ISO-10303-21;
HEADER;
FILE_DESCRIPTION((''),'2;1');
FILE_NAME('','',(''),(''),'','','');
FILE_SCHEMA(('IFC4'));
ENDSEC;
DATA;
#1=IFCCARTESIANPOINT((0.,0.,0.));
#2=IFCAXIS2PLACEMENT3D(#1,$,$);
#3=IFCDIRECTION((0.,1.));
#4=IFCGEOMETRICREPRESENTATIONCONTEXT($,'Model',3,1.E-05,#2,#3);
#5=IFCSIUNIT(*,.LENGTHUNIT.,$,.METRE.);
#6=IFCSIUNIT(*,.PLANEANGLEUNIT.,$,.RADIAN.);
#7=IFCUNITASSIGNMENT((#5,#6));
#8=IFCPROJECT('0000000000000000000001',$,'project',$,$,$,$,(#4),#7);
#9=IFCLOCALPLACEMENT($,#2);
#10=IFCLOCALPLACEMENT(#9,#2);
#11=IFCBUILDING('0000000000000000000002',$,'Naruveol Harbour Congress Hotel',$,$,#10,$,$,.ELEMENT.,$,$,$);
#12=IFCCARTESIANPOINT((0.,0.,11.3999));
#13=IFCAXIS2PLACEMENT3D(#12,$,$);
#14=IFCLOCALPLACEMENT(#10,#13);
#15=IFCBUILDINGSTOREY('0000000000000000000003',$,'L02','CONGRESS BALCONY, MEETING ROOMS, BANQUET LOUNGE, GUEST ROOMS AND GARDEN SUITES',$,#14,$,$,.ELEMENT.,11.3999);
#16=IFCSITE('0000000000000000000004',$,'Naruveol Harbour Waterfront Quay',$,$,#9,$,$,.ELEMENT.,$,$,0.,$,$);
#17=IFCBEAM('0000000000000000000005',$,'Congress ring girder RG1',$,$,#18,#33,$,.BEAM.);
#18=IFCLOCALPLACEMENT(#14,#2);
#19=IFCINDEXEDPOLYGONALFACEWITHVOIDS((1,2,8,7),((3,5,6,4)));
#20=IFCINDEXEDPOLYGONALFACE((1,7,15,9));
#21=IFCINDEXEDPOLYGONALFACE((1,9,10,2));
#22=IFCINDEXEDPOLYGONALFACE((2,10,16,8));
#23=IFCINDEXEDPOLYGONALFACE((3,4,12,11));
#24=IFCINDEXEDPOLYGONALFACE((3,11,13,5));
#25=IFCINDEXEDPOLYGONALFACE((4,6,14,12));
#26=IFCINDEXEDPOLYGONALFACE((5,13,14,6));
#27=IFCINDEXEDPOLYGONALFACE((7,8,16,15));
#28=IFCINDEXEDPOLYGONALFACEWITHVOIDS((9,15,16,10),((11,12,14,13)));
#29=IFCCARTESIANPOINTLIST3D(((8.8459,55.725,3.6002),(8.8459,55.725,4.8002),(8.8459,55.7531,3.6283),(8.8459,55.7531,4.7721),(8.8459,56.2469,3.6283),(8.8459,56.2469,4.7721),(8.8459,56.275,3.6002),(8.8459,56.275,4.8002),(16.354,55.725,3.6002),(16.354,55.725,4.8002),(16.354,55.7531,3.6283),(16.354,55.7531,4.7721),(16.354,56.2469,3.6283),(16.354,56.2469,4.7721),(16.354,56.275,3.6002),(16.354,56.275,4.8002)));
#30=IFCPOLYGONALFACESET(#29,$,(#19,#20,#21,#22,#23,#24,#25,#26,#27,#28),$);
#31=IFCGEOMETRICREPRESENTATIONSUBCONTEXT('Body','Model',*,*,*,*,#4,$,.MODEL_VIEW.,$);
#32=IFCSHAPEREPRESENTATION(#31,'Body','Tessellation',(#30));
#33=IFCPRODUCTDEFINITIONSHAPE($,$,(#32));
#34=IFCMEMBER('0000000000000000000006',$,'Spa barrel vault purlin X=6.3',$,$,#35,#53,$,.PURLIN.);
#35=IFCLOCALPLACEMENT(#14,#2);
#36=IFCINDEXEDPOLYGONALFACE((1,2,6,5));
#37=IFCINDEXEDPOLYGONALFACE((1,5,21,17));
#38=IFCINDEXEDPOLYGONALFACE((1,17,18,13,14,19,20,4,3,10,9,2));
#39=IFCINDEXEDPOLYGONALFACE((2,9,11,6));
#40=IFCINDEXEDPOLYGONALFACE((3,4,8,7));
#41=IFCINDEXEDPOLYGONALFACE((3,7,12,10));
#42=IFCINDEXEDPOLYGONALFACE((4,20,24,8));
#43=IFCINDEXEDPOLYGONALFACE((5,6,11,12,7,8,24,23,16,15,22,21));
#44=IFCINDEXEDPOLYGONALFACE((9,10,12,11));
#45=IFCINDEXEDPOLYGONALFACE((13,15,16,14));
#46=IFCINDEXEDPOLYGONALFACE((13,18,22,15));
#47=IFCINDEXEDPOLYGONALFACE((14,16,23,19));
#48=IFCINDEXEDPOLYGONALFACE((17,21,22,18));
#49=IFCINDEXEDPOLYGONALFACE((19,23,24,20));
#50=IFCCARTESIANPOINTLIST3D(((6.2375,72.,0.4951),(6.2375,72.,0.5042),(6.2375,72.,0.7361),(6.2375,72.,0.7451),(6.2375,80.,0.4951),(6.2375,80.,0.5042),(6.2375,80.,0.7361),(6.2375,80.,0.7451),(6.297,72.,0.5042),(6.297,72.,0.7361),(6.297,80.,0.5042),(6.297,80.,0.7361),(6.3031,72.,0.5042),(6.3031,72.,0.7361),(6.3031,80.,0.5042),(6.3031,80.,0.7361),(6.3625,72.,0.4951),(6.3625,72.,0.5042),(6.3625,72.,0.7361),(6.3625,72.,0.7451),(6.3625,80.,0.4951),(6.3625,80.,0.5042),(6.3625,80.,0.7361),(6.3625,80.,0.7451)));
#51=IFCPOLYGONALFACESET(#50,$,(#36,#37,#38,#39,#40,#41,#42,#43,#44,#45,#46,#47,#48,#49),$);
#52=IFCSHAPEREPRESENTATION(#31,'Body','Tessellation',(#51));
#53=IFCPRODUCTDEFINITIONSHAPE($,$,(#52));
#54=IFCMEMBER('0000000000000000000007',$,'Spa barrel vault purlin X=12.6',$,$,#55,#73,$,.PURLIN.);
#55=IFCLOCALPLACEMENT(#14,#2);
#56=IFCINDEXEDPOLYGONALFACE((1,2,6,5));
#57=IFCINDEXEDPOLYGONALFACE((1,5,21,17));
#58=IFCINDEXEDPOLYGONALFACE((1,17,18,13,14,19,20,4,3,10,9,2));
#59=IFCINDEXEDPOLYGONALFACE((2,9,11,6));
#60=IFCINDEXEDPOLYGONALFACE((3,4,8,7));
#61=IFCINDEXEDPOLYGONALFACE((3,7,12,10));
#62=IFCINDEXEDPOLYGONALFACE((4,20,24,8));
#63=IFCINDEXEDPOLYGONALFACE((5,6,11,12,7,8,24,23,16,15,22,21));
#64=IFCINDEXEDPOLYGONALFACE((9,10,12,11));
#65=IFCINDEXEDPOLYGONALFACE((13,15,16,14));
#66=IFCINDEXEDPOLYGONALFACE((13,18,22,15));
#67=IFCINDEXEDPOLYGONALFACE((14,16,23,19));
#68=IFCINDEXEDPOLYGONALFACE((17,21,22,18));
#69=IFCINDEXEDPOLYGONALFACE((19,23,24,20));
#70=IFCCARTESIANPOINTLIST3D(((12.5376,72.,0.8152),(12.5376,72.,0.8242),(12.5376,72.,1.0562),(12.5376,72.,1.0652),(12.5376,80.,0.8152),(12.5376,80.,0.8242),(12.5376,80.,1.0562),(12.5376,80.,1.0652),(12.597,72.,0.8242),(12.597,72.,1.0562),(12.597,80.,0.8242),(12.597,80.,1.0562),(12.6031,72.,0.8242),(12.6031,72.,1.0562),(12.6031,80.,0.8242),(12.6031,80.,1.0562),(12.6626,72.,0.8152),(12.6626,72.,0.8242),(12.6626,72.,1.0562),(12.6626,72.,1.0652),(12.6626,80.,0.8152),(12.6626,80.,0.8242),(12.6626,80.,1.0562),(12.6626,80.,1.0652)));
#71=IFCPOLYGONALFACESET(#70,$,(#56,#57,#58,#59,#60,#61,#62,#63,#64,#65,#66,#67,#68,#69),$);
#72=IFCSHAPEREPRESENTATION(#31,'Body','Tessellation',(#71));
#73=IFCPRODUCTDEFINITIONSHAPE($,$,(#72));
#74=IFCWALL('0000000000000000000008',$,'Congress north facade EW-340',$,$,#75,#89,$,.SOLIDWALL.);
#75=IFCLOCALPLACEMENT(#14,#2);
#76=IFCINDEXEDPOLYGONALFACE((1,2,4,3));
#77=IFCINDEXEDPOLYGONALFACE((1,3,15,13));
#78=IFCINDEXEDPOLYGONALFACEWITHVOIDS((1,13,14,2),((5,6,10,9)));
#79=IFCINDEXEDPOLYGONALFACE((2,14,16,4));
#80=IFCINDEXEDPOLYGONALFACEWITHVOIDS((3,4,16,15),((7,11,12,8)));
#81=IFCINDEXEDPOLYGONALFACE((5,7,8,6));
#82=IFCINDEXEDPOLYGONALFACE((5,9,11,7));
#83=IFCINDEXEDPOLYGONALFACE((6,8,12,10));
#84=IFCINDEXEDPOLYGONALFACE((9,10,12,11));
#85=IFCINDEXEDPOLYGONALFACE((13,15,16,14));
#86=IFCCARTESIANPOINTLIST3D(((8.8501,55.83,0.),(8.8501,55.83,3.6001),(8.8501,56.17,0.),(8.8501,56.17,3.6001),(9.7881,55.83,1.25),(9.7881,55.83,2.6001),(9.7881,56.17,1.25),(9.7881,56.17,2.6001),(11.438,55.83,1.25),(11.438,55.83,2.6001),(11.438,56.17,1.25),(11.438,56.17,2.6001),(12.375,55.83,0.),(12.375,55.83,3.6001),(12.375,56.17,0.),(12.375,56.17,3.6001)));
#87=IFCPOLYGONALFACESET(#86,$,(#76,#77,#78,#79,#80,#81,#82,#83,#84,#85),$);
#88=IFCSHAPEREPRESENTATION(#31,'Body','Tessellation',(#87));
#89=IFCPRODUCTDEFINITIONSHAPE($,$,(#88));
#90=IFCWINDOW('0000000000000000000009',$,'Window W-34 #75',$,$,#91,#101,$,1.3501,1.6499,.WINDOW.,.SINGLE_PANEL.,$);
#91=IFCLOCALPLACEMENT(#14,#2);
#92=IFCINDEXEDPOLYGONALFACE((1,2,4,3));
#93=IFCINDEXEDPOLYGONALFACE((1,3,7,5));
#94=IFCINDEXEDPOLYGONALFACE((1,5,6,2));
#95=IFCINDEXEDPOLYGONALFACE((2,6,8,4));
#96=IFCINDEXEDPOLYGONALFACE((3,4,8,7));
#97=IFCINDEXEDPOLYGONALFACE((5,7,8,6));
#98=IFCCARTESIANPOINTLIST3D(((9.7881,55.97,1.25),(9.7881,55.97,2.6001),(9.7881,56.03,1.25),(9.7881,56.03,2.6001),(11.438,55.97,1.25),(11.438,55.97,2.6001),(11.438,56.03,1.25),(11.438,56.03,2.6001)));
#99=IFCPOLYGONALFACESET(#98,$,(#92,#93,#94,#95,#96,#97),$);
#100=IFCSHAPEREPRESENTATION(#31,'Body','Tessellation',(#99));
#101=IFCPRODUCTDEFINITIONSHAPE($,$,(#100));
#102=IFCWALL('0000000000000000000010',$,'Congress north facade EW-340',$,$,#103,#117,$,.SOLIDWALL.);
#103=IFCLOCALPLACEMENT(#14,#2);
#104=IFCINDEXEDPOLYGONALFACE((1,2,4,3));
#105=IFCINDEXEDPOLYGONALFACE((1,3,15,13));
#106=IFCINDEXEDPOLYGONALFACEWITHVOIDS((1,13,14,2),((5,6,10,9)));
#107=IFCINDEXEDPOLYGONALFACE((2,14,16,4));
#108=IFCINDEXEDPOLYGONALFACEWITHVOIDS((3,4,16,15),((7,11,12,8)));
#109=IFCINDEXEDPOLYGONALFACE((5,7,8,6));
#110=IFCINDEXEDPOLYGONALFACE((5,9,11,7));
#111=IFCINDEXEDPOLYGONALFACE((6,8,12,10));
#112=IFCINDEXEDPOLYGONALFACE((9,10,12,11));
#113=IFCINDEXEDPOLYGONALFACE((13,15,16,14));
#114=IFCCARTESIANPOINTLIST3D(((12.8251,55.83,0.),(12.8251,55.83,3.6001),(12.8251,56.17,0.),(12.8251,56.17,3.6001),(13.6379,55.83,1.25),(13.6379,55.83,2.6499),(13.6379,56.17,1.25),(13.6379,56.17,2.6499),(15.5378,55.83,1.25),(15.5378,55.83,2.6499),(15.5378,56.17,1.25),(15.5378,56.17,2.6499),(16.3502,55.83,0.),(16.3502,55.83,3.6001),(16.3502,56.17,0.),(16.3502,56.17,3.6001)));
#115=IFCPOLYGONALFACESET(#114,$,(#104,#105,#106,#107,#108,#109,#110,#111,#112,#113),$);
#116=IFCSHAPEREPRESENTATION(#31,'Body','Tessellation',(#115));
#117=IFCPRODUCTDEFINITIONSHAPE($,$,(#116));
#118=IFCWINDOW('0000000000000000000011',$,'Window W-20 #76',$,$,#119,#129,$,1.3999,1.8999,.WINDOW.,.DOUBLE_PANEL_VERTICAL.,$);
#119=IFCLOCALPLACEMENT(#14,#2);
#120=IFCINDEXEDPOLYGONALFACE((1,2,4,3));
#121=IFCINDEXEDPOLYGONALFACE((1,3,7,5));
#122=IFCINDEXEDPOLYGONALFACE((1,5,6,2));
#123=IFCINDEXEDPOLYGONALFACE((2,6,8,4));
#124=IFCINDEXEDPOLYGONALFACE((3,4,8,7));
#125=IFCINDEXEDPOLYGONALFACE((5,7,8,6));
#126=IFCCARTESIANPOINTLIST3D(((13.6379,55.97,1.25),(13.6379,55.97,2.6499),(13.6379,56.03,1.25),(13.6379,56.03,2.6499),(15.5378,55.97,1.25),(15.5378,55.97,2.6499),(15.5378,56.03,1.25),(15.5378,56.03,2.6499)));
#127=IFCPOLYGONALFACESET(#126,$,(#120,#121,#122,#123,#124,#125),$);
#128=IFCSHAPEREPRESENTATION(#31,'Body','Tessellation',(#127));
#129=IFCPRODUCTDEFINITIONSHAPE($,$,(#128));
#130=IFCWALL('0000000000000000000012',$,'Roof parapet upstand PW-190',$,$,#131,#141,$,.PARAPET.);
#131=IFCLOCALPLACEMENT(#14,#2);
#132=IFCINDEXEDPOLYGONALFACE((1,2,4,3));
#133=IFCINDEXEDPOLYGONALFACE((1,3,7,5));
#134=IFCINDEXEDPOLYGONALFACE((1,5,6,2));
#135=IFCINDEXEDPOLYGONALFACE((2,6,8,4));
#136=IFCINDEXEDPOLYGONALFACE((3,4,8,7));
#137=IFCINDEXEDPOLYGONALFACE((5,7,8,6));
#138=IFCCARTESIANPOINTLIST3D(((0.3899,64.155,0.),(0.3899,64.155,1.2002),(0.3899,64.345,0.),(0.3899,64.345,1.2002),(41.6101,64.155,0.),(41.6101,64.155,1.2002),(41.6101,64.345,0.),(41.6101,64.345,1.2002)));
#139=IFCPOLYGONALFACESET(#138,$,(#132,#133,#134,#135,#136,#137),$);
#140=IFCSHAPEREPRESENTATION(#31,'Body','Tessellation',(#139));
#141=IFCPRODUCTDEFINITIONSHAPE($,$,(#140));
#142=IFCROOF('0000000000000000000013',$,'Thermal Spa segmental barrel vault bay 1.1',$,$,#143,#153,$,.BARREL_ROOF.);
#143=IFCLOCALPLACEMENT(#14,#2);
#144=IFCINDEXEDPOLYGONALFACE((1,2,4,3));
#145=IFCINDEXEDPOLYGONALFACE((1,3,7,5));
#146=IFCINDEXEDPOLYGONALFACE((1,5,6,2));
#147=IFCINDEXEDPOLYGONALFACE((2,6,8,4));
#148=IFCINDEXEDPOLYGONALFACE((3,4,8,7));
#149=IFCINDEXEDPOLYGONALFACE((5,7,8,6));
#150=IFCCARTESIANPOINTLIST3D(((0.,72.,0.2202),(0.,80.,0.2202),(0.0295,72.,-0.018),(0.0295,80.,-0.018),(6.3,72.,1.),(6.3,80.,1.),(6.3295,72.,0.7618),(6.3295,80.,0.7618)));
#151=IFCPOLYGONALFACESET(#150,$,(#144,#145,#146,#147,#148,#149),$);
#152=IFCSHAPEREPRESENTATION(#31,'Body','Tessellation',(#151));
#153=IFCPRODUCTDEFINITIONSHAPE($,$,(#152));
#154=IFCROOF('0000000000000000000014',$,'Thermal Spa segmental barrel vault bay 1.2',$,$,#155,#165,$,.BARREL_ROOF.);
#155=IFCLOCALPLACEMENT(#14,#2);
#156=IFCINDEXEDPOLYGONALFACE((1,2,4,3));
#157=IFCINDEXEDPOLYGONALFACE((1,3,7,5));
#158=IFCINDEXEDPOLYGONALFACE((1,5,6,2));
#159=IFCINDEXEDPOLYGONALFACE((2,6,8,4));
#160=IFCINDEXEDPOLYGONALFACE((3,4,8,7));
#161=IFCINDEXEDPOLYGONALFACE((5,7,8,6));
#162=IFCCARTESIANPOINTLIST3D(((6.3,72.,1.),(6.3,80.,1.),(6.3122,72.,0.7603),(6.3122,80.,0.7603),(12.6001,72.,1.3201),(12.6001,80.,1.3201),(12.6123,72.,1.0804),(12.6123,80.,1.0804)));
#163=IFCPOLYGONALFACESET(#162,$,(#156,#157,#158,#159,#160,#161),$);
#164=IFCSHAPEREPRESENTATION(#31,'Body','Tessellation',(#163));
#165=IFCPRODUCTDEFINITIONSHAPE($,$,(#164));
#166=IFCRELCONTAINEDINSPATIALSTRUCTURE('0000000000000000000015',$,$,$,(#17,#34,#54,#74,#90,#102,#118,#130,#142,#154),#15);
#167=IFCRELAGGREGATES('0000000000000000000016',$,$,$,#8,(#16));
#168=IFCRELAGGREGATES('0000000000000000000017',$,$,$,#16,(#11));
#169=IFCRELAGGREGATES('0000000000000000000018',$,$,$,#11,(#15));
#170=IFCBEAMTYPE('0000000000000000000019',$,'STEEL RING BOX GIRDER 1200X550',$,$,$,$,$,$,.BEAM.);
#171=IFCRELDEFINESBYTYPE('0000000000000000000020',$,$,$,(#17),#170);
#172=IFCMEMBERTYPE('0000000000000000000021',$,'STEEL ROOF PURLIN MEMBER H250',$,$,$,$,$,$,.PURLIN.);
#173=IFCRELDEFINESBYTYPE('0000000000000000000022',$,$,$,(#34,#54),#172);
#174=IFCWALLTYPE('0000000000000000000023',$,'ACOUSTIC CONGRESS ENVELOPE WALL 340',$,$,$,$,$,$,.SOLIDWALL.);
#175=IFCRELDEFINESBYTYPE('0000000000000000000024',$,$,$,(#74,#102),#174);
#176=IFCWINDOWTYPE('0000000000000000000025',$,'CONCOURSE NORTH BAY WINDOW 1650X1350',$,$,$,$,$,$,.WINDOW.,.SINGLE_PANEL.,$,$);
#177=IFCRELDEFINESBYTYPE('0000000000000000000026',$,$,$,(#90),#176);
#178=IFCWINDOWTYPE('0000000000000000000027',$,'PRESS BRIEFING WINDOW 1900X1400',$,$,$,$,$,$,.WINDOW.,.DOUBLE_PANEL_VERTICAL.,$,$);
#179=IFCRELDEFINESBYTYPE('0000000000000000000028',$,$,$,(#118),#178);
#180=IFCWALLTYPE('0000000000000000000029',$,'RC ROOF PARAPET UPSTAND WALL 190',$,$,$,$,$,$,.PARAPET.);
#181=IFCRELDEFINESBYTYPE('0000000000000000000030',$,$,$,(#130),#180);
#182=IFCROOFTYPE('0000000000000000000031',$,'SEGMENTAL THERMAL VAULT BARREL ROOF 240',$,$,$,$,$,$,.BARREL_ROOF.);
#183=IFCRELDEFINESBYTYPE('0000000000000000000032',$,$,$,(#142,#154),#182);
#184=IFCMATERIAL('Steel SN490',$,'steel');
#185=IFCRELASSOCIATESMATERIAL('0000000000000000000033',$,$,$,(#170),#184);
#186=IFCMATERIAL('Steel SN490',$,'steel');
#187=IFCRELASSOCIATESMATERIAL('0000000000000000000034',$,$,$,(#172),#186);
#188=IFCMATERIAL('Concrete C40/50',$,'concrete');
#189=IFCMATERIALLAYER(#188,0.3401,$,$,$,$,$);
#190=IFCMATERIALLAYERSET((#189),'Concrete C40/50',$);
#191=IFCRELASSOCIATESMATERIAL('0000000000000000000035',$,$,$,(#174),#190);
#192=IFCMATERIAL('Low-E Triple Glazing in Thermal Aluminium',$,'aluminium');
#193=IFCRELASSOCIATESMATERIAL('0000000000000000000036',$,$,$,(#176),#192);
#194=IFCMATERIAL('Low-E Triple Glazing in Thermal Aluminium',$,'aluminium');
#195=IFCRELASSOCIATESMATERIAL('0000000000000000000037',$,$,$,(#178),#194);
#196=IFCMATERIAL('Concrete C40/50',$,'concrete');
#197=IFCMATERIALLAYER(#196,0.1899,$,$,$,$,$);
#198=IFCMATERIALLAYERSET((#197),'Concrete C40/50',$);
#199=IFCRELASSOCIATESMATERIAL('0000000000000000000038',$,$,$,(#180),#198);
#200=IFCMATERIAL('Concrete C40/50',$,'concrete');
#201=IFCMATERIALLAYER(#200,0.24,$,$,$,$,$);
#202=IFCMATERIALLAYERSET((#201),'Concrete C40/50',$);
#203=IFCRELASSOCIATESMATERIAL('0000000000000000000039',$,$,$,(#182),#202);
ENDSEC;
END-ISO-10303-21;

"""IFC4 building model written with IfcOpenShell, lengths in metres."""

from ifc_helpers import new_model, si_unit, direction, frame, frame_2d, origin, origin_2d, place, context, subcontext, project, spatial, polyline, rectangle, hollow_rectangle, i_section, outline, extrude, material, layer, layer_set, material_profile, profile_set, type_object, element, fill, save


model = new_model("IFC4")

# Units and contexts
model_context = context("Model", 3, precision=1e-05, world=origin(), true_north=direction((0.0, 1.0)))
body_context = subcontext(model_context, "Body", "Model", "MODEL_VIEW")
ifc_project = project(units=[si_unit("LENGTHUNIT", "METRE"), si_unit("PLANEANGLEUNIT", "RADIAN")], contexts=[model_context])

# Site, building, storey
site_placement = place(None, origin())
site = spatial("IfcSite", under=ifc_project, at=site_placement, Name="Naruveol Harbour Waterfront Quay", CompositionType="ELEMENT", RefElevation=0.0)
building_placement = place(site_placement, origin())
building = spatial("IfcBuilding", under=site, at=building_placement, Name="Naruveol Harbour Congress Hotel", CompositionType="ELEMENT")
storey_placement = place(building_placement, frame((0.0, 0.0, 11.3999)))
storey = spatial("IfcBuildingStorey", under=building, at=storey_placement, Name="L02", Description="CONGRESS BALCONY, MEETING ROOMS, BANQUET LOUNGE, GUEST ROOMS AND GARDEN SUITES", CompositionType="ELEMENT", Elevation=11.3999)

# Beam
ifc_material_1 = material(Name="Steel SN490", Category="steel")
ifc_material_profile_1 = material_profile(ifc_material_1, hollow_rectangle(XDim=0.55, YDim=1.2, WallThickness=0.0281, at=origin_2d()), Name="RHS-1200x550x28")
ifc_profile_set_1 = profile_set([ifc_material_profile_1], Name="Steel SN490")
beam_type = type_object("IfcBeamType", Name="STEEL RING BOX GIRDER 1200X550", PredefinedType="BEAM", material=ifc_profile_set_1)
beam_placement = place(storey_placement, frame((8.8459, 56.0, 4.2002), z_axis=(1.0, 0.0, 0.0), x_axis=(0.0, 1.0, 0.0)))
element("IfcBeam", 1, at=beam_placement, inside=storey, type_object=beam_type, Name="Congress ring girder RG1", PredefinedType="BEAM", context=body_context, shape_type="SweptSolid", body=[
    extrude(hollow_rectangle(XDim=0.55, YDim=1.2, WallThickness=0.0281, at=origin_2d()), origin(), (0.0, 0.0, 1.0), 7.5081),
])

# Members
ifc_material_2 = material(Name="Steel SN490", Category="steel")
ifc_material_profile_2 = material_profile(ifc_material_2, i_section(OverallWidth=0.125, OverallDepth=0.25, WebThickness=0.0061, FlangeThickness=0.009, at=origin_2d()), Name="H-250x125x6x9")
ifc_profile_set_2 = profile_set([ifc_material_profile_2], Name="Steel SN490")
member_type_1 = type_object("IfcMemberType", Name="STEEL ROOF PURLIN MEMBER H250", PredefinedType="PURLIN", material=ifc_profile_set_2)
for number, where, z_axis, x_axis, name in (
    (2, (6.3, 72.0, 0.6201), (0.0, 1.0, 0.0), (-1.0, 0.0, 0.0), "Spa barrel vault purlin X=6.3"),
    (3, (12.6001, 72.0, 0.9402), (0.0, 1.0, 0.0), (-1.0, 0.0, 0.0), "Spa barrel vault purlin X=12.6"),
):
    element("IfcMember", number, at=place(storey_placement, frame(where, z_axis=z_axis, x_axis=x_axis)), inside=storey, type_object=member_type_1, Name=name, PredefinedType="PURLIN", context=body_context, shape_type="SweptSolid", body=[
        extrude(i_section(OverallWidth=0.125, OverallDepth=0.25, WebThickness=0.0061, FlangeThickness=0.009, at=origin_2d()), origin(), (0.0, 0.0, 1.0), 8.0),
    ])

# Walls, openings, windows
ifc_material_3 = material(Name="Concrete C40/50", Category="concrete")
ifc_layer_1 = layer(ifc_material_3, 0.3401)
ifc_layer_set_1 = layer_set([ifc_layer_1], Name="Concrete C40/50")
wall_type_1 = type_object("IfcWallType", Name="ACOUSTIC CONGRESS ENVELOPE WALL 340", PredefinedType="SOLIDWALL", material=ifc_layer_set_1)
wall_1_placement = place(storey_placement, frame((8.8501, 56.0, 0.0), z_axis=(0.0, 0.0, 1.0), x_axis=(1.0, 0.0, 0.0)))
wall_1 = element("IfcWall", 4, at=wall_1_placement, inside=storey, type_object=wall_type_1, Name="Congress north facade EW-340", PredefinedType="SOLIDWALL", context=body_context, shape_type="SweptSolid", body=[
    extrude(rectangle(XDim=3.5249, YDim=0.3401, at=frame_2d((1.7625, 0.0))), origin(), (0.0, 0.0, 1.0), 3.6001),
])
opening_1_placement = place(wall_1_placement, frame((0.938, 0.0, 1.25)))
opening_1 = element("IfcOpeningElement", 5, at=opening_1_placement, cuts=wall_1, PredefinedType="OPENING", context=body_context, shape_type="SweptSolid", body=[
    extrude(rectangle(XDim=1.6499, YDim=1.3501, at=frame_2d((0.825, 0.675))), frame((0.0, 0.1799, 0.0), z_axis=(0.0, -1.0, 0.0), x_axis=(1.0, 0.0, 0.0)), (0.0, 0.0, 1.0), 0.3601),
])
ifc_material_4 = material(Name="Low-E Triple Glazing in Thermal Aluminium", Category="aluminium")
window_type_1 = type_object("IfcWindowType", Name="CONCOURSE NORTH BAY WINDOW 1650X1350", PartitioningType="SINGLE_PANEL", PredefinedType="WINDOW", material=ifc_material_4)
window_1_placement = place(opening_1_placement, origin())
window_1 = element("IfcWindow", 6, at=window_1_placement, inside=storey, type_object=window_type_1, Name="Window W-34 #75", OverallHeight=1.3501, OverallWidth=1.6499, PartitioningType="SINGLE_PANEL", PredefinedType="WINDOW", context=body_context, shape_type="SweptSolid", body=[
    extrude(rectangle(XDim=1.6499, YDim=1.3501, at=frame_2d((0.825, 0.675))), frame((0.0, 0.03, 0.0), z_axis=(0.0, -1.0, 0.0), x_axis=(1.0, 0.0, 0.0)), (0.0, 0.0, 1.0), 0.0601),
])
fill(opening_1, window_1)
wall_2_placement = place(storey_placement, frame((12.825, 56.0, 0.0), z_axis=(0.0, 0.0, 1.0), x_axis=(1.0, 0.0, 0.0)))
wall_2 = element("IfcWall", 7, at=wall_2_placement, inside=storey, type_object=wall_type_1, Name="Congress north facade EW-340", PredefinedType="SOLIDWALL", context=body_context, shape_type="SweptSolid", body=[
    extrude(rectangle(XDim=3.5251, YDim=0.3401, at=frame_2d((1.7627, 0.0))), origin(), (0.0, 0.0, 1.0), 3.6001),
])
opening_2_placement = place(wall_2_placement, frame((0.813, 0.0, 1.25)))
opening_2 = element("IfcOpeningElement", 8, at=opening_2_placement, cuts=wall_2, PredefinedType="OPENING", context=body_context, shape_type="SweptSolid", body=[
    extrude(rectangle(XDim=1.8999, YDim=1.3999, at=frame_2d((0.95, 0.7))), frame((0.0, 0.1799, 0.0), z_axis=(0.0, -1.0, 0.0), x_axis=(1.0, 0.0, 0.0)), (0.0, 0.0, 1.0), 0.3601),
])
ifc_material_5 = material(Name="Low-E Triple Glazing in Thermal Aluminium", Category="aluminium")
window_type_2 = type_object("IfcWindowType", Name="PRESS BRIEFING WINDOW 1900X1400", PartitioningType="DOUBLE_PANEL_VERTICAL", PredefinedType="WINDOW", material=ifc_material_5)
window_2_placement = place(opening_2_placement, origin())
window_2 = element("IfcWindow", 9, at=window_2_placement, inside=storey, type_object=window_type_2, Name="Window W-20 #76", OverallHeight=1.3999, OverallWidth=1.8999, PartitioningType="DOUBLE_PANEL_VERTICAL", PredefinedType="WINDOW", context=body_context, shape_type="SweptSolid", body=[
    extrude(rectangle(XDim=1.8999, YDim=1.3999, at=frame_2d((0.95, 0.7))), frame((0.0, 0.03, 0.0), z_axis=(0.0, -1.0, 0.0), x_axis=(1.0, 0.0, 0.0)), (0.0, 0.0, 1.0), 0.0601),
])
fill(opening_2, window_2)

# Wall
ifc_material_6 = material(Name="Concrete C40/50", Category="concrete")
ifc_layer_2 = layer(ifc_material_6, 0.1899)
ifc_layer_set_2 = layer_set([ifc_layer_2], Name="Concrete C40/50")
wall_type_2 = type_object("IfcWallType", Name="RC ROOF PARAPET UPSTAND WALL 190", PredefinedType="PARAPET", material=ifc_layer_set_2)
wall_3_placement = place(storey_placement, frame((0.3899, 64.25, 0.0), z_axis=(0.0, 0.0, 1.0), x_axis=(1.0, 0.0, 0.0)))
element("IfcWall", 10, at=wall_3_placement, inside=storey, type_object=wall_type_2, Name="Roof parapet upstand PW-190", PredefinedType="PARAPET", context=body_context, shape_type="SweptSolid", body=[
    extrude(rectangle(XDim=41.2202, YDim=0.1899, at=frame_2d((20.6101, 0.0))), origin(), (0.0, 0.0, 1.0), 1.2002),
])

# Roofs
ifc_material_7 = material(Name="Concrete C40/50", Category="concrete")
ifc_layer_3 = layer(ifc_material_7, 0.24)
ifc_layer_set_3 = layer_set([ifc_layer_3], Name="Concrete C40/50")
roof_type = type_object("IfcRoofType", Name="SEGMENTAL THERMAL VAULT BARREL ROOF 240", PredefinedType="BARREL_ROOF", material=ifc_layer_set_3)
roof_1_placement = place(storey_placement, frame((0.0, 72.0, 0.2202), z_axis=(-0.122837, 0.0, 0.992427), x_axis=(0.992427, 0.0, 0.122837)))
element("IfcRoof", 11, at=roof_1_placement, inside=storey, type_object=roof_type, Name="Thermal Spa segmental barrel vault bay 1.1", PredefinedType="BARREL_ROOF", context=body_context, shape_type="SweptSolid", body=[
    extrude(outline(polyline([(0.0, 0.0), (6.3481, 0.0), (6.3481, 8.0), (0.0, 8.0), (0.0, 0.0)])), origin(), (0.0, 0.0, -1.0), 0.24),
])
roof_2_placement = place(storey_placement, frame((6.3, 72.0, 1.0), z_axis=(-0.050739, 0.0, 0.998712), x_axis=(0.998712, 0.0, 0.050739)))
element("IfcRoof", 12, at=roof_2_placement, inside=storey, type_object=roof_type, Name="Thermal Spa segmental barrel vault bay 1.2", PredefinedType="BARREL_ROOF", context=body_context, shape_type="SweptSolid", body=[
    extrude(outline(polyline([(0.0, 0.0), (6.3082, 0.0), (6.3082, 8.0), (0.0, 8.0), (0.0, 0.0)])), origin(), (0.0, 0.0, -1.0), 0.24),
])

save(model, "model.ifc")
